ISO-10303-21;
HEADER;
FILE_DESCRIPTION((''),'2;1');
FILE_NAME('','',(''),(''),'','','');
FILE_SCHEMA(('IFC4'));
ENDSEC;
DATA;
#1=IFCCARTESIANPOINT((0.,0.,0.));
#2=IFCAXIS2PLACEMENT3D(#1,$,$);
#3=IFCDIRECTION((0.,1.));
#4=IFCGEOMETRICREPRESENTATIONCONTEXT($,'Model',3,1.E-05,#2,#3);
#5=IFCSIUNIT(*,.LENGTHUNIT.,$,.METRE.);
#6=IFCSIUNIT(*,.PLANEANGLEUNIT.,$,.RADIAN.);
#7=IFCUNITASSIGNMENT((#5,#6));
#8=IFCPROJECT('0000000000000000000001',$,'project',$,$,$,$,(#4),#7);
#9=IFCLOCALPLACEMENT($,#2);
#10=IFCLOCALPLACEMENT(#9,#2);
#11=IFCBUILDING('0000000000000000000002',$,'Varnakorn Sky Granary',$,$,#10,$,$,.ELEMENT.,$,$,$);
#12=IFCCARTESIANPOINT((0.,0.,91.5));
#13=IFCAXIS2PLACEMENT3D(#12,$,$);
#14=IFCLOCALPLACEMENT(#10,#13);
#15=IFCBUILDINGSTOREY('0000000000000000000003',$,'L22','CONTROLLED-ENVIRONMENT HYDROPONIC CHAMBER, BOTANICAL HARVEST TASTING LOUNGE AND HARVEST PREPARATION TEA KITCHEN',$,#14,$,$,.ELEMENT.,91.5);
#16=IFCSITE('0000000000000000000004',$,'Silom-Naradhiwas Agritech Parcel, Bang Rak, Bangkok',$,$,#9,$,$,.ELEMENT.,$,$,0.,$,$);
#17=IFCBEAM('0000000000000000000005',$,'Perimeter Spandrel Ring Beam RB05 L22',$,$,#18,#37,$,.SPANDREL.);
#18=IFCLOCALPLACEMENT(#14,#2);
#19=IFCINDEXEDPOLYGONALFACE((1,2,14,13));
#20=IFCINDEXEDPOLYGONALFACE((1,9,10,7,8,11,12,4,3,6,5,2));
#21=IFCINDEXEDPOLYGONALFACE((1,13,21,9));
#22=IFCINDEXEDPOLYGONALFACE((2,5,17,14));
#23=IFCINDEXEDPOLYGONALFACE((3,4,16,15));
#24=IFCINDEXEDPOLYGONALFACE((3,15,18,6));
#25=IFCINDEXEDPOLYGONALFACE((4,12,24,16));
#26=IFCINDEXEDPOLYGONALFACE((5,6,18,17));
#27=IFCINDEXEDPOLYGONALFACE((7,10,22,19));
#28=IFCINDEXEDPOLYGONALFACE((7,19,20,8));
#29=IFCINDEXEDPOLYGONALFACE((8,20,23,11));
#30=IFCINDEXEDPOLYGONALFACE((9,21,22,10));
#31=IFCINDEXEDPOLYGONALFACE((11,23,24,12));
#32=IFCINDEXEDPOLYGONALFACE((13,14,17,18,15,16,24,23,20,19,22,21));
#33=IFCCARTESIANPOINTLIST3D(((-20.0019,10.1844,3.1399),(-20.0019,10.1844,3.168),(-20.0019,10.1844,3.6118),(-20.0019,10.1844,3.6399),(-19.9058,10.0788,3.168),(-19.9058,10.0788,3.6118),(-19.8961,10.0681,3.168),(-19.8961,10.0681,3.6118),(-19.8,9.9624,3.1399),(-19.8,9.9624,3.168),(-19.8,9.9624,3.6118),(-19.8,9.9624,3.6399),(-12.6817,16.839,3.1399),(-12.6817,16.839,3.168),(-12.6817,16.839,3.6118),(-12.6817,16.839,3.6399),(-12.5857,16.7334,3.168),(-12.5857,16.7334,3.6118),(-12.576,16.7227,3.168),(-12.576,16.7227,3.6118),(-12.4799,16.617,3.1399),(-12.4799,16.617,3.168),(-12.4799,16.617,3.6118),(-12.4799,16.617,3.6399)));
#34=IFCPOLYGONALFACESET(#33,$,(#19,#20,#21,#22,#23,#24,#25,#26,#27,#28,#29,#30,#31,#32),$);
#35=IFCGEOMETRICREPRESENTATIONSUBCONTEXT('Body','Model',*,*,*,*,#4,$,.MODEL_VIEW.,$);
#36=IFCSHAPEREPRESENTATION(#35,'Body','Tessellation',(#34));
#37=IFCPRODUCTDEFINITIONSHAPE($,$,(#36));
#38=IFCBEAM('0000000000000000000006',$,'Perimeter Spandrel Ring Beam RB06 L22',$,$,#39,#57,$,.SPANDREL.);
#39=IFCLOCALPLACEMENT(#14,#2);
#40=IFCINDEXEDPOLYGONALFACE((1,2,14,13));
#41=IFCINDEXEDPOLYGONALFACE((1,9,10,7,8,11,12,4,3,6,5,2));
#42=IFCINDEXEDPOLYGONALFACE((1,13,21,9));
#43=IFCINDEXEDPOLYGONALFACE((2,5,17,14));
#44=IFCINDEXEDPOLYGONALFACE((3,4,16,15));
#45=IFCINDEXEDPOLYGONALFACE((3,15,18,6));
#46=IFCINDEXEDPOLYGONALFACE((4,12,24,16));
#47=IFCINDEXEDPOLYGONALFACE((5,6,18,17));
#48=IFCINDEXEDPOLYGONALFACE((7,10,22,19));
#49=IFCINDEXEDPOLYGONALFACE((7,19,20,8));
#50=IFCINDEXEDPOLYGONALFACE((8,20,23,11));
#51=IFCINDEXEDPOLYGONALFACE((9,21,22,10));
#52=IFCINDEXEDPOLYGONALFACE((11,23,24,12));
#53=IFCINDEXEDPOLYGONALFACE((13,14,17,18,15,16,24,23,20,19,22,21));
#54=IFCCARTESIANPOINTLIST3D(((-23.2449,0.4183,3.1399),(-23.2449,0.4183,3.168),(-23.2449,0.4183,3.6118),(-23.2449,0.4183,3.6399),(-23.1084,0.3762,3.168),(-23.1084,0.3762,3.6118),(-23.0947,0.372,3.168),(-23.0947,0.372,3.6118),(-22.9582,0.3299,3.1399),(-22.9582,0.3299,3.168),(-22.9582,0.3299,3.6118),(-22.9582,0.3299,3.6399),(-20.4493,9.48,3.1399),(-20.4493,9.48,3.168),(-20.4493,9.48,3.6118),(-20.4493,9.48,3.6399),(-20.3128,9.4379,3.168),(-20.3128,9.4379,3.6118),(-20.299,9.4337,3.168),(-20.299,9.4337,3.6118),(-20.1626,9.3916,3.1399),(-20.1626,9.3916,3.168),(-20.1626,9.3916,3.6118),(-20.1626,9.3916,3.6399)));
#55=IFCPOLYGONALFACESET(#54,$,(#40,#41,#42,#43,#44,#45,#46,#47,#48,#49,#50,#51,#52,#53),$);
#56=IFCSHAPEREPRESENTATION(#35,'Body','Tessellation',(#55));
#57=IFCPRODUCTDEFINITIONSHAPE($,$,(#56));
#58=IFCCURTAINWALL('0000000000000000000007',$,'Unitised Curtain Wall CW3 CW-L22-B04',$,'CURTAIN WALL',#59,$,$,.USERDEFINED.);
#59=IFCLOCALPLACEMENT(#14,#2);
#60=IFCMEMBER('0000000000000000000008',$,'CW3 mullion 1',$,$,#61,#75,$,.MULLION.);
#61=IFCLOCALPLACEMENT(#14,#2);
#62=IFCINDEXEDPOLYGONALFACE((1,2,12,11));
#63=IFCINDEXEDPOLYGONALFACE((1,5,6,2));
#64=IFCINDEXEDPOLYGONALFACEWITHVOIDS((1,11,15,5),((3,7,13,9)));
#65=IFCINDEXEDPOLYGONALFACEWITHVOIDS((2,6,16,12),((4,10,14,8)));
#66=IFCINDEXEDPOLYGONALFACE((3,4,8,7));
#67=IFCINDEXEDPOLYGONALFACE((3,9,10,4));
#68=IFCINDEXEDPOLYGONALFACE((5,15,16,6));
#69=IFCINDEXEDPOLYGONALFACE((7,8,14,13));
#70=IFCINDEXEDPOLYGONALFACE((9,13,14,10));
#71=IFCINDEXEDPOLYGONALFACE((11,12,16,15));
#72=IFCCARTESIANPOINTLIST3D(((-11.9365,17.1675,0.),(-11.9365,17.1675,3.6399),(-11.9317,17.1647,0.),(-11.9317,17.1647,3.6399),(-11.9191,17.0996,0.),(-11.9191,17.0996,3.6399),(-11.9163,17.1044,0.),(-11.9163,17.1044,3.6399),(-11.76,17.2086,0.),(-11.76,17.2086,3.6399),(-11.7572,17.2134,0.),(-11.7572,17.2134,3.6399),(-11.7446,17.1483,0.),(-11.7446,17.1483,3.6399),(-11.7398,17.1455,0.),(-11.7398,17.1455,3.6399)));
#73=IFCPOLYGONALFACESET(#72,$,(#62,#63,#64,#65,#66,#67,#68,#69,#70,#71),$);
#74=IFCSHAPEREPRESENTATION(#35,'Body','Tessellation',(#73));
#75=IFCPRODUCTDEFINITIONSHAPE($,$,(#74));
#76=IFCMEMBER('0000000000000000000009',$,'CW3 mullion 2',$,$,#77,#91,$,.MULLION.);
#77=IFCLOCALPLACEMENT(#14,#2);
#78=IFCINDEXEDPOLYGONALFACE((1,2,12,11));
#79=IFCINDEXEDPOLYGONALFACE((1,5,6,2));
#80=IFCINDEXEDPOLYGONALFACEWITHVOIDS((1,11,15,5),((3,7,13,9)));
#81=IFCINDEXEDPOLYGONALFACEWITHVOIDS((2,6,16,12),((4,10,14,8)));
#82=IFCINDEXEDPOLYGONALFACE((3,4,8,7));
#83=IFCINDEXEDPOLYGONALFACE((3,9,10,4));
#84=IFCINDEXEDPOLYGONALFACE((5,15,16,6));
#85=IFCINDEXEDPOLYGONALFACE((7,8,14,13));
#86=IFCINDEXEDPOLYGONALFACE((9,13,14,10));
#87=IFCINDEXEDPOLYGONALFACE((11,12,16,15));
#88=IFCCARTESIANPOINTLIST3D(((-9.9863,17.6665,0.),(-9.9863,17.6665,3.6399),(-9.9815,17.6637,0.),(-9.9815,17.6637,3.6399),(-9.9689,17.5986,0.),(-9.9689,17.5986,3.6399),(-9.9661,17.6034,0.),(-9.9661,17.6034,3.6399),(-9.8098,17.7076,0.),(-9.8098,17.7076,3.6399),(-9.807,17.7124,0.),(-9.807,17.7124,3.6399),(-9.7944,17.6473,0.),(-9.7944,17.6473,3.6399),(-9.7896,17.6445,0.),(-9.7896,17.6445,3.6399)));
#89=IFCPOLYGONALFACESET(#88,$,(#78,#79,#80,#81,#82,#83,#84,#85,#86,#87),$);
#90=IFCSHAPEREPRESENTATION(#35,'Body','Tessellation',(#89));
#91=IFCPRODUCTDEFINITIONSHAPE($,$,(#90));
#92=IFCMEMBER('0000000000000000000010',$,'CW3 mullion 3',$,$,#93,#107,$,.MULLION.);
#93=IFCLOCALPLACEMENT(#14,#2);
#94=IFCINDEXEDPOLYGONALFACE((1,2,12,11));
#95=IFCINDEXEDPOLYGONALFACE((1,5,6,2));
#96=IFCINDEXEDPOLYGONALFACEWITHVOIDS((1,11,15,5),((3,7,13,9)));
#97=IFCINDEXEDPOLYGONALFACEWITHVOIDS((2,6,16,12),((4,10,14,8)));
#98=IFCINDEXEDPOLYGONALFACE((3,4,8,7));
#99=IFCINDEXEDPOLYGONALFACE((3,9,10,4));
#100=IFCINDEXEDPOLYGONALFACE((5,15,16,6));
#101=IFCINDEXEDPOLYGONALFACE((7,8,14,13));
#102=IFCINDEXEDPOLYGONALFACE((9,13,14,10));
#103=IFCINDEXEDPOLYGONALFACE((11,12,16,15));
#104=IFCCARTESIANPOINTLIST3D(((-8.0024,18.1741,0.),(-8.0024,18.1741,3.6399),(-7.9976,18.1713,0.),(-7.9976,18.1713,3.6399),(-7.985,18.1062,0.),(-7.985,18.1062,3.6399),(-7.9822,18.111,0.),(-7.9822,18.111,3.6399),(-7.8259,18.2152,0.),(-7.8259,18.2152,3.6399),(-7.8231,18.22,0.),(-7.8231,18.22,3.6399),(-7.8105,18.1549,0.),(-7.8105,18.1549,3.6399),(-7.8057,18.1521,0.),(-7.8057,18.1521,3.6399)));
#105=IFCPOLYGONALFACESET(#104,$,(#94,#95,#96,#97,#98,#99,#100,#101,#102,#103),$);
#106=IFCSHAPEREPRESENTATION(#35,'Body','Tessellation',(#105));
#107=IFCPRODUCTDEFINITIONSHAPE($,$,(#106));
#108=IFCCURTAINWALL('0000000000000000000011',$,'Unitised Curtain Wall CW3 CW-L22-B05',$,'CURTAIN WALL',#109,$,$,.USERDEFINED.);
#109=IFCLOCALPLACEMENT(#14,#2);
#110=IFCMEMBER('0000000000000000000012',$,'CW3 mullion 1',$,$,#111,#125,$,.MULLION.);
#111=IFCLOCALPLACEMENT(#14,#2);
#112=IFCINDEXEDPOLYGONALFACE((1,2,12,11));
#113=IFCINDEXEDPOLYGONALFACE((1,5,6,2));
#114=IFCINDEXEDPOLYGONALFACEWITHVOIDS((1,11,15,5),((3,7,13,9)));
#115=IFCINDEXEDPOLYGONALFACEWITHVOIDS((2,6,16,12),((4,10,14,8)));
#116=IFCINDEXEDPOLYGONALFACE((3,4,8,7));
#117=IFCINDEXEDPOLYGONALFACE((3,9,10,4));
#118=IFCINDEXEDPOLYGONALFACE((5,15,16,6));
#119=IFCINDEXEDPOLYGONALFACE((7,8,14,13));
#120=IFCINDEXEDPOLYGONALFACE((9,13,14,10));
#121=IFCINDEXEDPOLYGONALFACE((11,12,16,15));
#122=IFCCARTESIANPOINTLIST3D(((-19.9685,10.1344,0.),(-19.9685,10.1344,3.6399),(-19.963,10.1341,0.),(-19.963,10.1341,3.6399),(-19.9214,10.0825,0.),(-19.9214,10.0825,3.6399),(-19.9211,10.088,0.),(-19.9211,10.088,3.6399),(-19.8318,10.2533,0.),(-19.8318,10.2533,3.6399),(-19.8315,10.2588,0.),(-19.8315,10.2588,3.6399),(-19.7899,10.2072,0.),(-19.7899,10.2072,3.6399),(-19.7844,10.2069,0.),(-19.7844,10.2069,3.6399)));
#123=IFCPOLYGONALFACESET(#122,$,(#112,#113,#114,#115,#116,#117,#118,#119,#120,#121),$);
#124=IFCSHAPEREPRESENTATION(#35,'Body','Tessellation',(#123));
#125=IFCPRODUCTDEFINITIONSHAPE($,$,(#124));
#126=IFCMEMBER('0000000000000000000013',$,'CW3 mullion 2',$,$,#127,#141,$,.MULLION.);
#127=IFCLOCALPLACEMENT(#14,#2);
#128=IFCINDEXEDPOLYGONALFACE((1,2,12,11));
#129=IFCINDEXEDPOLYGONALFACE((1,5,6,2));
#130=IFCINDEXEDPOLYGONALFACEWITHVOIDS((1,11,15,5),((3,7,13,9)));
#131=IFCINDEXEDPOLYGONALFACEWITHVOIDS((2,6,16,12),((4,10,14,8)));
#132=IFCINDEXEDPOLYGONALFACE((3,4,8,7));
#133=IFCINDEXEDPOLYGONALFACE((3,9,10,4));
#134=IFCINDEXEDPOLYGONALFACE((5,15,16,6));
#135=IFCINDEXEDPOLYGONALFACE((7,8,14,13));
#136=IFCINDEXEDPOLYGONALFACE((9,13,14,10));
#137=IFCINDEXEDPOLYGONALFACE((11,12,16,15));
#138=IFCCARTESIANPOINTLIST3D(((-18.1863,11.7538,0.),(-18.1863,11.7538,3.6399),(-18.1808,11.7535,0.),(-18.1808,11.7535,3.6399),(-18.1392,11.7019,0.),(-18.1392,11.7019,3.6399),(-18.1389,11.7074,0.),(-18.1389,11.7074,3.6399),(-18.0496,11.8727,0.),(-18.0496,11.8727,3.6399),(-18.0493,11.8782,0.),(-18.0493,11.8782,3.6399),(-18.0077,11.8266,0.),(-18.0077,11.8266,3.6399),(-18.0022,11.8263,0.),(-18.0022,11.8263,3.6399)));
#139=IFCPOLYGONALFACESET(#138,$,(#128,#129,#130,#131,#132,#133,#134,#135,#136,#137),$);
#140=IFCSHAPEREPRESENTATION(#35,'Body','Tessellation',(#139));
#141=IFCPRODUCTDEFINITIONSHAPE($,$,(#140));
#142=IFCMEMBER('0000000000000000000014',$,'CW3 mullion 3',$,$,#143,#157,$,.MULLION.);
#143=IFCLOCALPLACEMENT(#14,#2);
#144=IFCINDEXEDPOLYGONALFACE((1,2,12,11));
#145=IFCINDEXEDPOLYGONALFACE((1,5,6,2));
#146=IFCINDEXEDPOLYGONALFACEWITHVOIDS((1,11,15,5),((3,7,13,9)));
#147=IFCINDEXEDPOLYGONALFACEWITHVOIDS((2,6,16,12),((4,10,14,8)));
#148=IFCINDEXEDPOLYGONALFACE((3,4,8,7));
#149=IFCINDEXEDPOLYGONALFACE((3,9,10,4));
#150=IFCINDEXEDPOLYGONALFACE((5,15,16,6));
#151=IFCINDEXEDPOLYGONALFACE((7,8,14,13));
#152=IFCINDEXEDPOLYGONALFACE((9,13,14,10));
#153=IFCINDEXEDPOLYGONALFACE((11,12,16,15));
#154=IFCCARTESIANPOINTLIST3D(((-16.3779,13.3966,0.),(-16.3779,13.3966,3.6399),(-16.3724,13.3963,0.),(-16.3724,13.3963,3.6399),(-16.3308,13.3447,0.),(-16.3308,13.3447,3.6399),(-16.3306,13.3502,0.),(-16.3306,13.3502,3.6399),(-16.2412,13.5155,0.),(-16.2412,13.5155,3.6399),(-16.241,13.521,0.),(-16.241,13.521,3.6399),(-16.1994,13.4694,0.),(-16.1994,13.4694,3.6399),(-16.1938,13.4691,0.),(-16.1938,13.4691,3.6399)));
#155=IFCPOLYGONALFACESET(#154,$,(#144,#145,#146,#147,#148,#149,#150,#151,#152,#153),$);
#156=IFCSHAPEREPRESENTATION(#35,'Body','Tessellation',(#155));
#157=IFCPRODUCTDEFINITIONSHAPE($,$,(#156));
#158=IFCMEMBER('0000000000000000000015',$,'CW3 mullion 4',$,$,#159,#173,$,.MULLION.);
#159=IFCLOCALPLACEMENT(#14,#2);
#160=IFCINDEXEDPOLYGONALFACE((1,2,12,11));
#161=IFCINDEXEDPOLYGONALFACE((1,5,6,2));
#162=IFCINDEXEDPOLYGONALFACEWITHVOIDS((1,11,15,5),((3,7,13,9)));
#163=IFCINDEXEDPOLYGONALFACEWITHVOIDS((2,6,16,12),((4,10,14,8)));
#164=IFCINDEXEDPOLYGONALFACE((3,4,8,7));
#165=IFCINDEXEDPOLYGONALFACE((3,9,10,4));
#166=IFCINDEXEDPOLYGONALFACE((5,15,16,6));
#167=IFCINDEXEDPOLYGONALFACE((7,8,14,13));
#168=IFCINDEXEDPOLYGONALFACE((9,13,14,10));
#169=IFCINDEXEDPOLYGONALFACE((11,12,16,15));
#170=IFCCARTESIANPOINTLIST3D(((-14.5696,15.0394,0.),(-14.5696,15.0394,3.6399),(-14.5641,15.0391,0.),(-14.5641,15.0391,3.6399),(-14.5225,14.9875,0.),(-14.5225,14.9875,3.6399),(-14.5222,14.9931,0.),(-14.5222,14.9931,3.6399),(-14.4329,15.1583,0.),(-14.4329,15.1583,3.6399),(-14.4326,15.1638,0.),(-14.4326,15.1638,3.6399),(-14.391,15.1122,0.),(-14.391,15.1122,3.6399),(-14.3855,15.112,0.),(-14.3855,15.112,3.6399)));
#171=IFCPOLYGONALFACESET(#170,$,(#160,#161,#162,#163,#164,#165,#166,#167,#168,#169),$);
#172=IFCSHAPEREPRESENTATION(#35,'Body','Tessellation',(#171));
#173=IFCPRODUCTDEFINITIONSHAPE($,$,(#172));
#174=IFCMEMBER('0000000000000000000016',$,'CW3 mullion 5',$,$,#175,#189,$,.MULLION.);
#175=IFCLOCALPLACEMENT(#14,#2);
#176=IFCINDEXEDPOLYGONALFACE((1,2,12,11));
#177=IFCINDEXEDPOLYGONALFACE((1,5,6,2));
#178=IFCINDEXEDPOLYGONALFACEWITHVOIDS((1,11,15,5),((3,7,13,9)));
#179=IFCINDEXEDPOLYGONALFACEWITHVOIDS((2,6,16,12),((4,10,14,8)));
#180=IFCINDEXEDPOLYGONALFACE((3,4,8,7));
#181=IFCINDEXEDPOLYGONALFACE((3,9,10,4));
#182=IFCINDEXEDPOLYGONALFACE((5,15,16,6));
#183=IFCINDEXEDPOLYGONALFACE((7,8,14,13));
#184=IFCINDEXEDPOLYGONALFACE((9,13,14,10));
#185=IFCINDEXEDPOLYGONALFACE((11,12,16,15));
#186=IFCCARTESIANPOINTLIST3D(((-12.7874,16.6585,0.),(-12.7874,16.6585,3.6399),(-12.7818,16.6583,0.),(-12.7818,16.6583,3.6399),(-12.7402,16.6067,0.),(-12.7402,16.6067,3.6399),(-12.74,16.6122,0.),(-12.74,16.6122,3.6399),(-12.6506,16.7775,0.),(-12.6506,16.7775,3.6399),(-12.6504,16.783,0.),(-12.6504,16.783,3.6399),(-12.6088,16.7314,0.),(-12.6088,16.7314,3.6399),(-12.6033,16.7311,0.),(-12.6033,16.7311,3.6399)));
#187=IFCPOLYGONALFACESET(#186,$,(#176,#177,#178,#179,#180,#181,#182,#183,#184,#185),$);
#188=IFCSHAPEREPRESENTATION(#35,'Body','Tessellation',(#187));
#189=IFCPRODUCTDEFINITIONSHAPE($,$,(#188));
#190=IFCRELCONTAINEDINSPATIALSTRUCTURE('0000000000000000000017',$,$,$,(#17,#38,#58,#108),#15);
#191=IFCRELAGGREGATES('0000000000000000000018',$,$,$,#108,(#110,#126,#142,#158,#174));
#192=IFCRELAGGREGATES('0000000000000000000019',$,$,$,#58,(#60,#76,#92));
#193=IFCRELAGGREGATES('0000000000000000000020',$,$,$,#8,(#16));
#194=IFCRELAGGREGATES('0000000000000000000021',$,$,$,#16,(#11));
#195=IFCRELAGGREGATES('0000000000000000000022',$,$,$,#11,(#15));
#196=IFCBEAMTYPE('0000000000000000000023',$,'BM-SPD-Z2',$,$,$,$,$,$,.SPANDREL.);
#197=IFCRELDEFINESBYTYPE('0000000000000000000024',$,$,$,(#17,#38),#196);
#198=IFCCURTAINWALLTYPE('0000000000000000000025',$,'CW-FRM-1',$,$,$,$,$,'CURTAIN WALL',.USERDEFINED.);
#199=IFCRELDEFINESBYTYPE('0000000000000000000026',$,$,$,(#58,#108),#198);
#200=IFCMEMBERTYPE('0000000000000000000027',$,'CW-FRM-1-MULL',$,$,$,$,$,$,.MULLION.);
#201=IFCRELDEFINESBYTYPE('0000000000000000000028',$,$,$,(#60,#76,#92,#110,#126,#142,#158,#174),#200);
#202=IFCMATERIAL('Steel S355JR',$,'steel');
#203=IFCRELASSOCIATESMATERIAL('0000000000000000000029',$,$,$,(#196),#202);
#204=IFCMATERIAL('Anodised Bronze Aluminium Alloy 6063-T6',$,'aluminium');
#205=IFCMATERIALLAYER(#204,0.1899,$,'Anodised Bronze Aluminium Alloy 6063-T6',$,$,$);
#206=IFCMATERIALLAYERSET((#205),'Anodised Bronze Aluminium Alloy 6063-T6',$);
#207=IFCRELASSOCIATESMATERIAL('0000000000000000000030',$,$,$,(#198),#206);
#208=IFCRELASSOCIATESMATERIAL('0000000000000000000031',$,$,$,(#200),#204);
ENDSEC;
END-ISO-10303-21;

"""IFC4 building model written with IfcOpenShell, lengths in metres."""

from ifc_helpers import new_model, si_unit, direction, frame, origin, origin_2d, place, context, subcontext, project, spatial, hollow_rectangle, i_section, extrude, material, layer, layer_set, material_profile, profile_set, type_object, element, aggregate, save


model = new_model("IFC4")

# Units and contexts
model_context = context("Model", 3, precision=1e-05, world=origin(), true_north=direction((0.0, 1.0)))
body_context = subcontext(model_context, "Body", "Model", "MODEL_VIEW")
ifc_project = project(units=[si_unit("LENGTHUNIT", "METRE"), si_unit("PLANEANGLEUNIT", "RADIAN")], contexts=[model_context])

# Site, building, storey
site_placement = place(None, origin())
site = spatial("IfcSite", under=ifc_project, at=site_placement, Name="Silom-Naradhiwas Agritech Parcel, Bang Rak, Bangkok", CompositionType="ELEMENT", RefElevation=0.0)
building_placement = place(site_placement, origin())
building = spatial("IfcBuilding", under=site, at=building_placement, Name="Varnakorn Sky Granary", CompositionType="ELEMENT")
storey_placement = place(building_placement, frame((0.0, 0.0, 91.5)))
storey = spatial("IfcBuildingStorey", under=building, at=storey_placement, Name="L22", Description="CONTROLLED-ENVIRONMENT HYDROPONIC CHAMBER, BOTANICAL HARVEST TASTING LOUNGE AND HARVEST PREPARATION TEA KITCHEN", CompositionType="ELEMENT", Elevation=91.5)

# Beams
ifc_material_1 = material(Name="Steel S355JR", Category="steel")
ifc_material_profile_1 = material_profile(ifc_material_1, i_section(OverallWidth=0.3, OverallDepth=0.5, WebThickness=0.0144, FlangeThickness=0.0281, at=origin_2d()), Name="HE 500 B")
ifc_profile_set_1 = profile_set([ifc_material_profile_1], Name="Steel S355JR")
beam_type_1 = type_object("IfcBeamType", Name="BM-SPD-Z2", PredefinedType="SPANDREL", material=ifc_profile_set_1)
beam_1_placement = place(storey_placement, frame((-12.5808, 16.728, 3.3899), z_axis=(-0.739943, -0.672669, 0.0), x_axis=(0.672669, -0.739943, 0.0)))
element("IfcBeam", 1, at=beam_1_placement, inside=storey, type_object=beam_type_1, Name="Perimeter Spandrel Ring Beam RB05 L22", PredefinedType="SPANDREL", context=body_context, shape_type="SweptSolid", body=[
    extrude(i_section(OverallWidth=0.3, OverallDepth=0.5, WebThickness=0.0144, FlangeThickness=0.0281, at=origin_2d()), origin(), (0.0, 0.0, 1.0), 9.8928),
])
beam_2_placement = place(storey_placement, frame((-20.3059, 9.4358, 3.3899), z_axis=(-0.2948, -0.955559, 0.0), x_axis=(0.955559, -0.2948, 0.0)))
element("IfcBeam", 2, at=beam_2_placement, inside=storey, type_object=beam_type_1, Name="Perimeter Spandrel Ring Beam RB06 L22", PredefinedType="SPANDREL", context=body_context, shape_type="SweptSolid", body=[
    extrude(i_section(OverallWidth=0.3, OverallDepth=0.5, WebThickness=0.0144, FlangeThickness=0.0281, at=origin_2d()), origin(), (0.0, 0.0, 1.0), 9.4832),
])

# Curtain walls, members
ifc_material_2 = material(Name="Anodised Bronze Aluminium Alloy 6063-T6", Category="aluminium")
ifc_layer_1 = layer(ifc_material_2, 0.1899, Name="Anodised Bronze Aluminium Alloy 6063-T6")
ifc_layer_set_1 = layer_set([ifc_layer_1], Name="Anodised Bronze Aluminium Alloy 6063-T6")
curtain_wall_type = type_object("IfcCurtainWallType", Name="CW-FRM-1", ElementType="CURTAIN WALL", PredefinedType="USERDEFINED", material=ifc_layer_set_1)
curtain_wall_1_placement = place(storey_placement, origin())
curtain_wall_1 = element("IfcCurtainWall", 3, at=curtain_wall_1_placement, inside=storey, type_object=curtain_wall_type, Name="Unitised Curtain Wall CW3 CW-L22-B04", ObjectType="CURTAIN WALL", PredefinedType="USERDEFINED")
ifc_material_profile_2 = material_profile(ifc_material_2, hollow_rectangle(XDim=0.0701, YDim=0.1851, WallThickness=0.0039, at=origin_2d()), Name="ALU MULL 70x185")
ifc_profile_set_2 = profile_set([ifc_material_profile_2], Name="Anodised Bronze Aluminium Alloy 6063-T6")
member_type_1 = type_object("IfcMemberType", Name="CW-FRM-1-MULL", PredefinedType="MULLION", material=ifc_profile_set_2)
member_1_placement = place(storey_placement, frame((-11.8381, 17.1565, 0.0), z_axis=(0.0, 0.0, 1.0), x_axis=(-0.247904, 0.968785, 0.0)))
member_1 = element("IfcMember", 4, at=member_1_placement, type_object=member_type_1, Name="CW3 mullion 1", PredefinedType="MULLION", context=body_context, shape_type="SweptSolid", body=[
    extrude(hollow_rectangle(XDim=0.0701, YDim=0.1851, WallThickness=0.0039, at=origin_2d()), origin(), (0.0, 0.0, 1.0), 3.6399),
])
member_2_placement = place(storey_placement, frame((-9.8879, 17.6555, 0.0), z_axis=(0.0, 0.0, 1.0), x_axis=(-0.247904, 0.968785, 0.0)))
member_2 = element("IfcMember", 5, at=member_2_placement, type_object=member_type_1, Name="CW3 mullion 2", PredefinedType="MULLION", context=body_context, shape_type="SweptSolid", body=[
    extrude(hollow_rectangle(XDim=0.0701, YDim=0.1851, WallThickness=0.0039, at=origin_2d()), origin(), (0.0, 0.0, 1.0), 3.6399),
])
member_3_placement = place(storey_placement, frame((-7.9041, 18.1631, 0.0), z_axis=(0.0, 0.0, 1.0), x_axis=(-0.247904, 0.968785, 0.0)))
member_3 = element("IfcMember", 6, at=member_3_placement, type_object=member_type_1, Name="CW3 mullion 3", PredefinedType="MULLION", context=body_context, shape_type="SweptSolid", body=[
    extrude(hollow_rectangle(XDim=0.0701, YDim=0.1851, WallThickness=0.0039, at=origin_2d()), origin(), (0.0, 0.0, 1.0), 3.6399),
])
curtain_wall_2_placement = place(storey_placement, origin())
curtain_wall_2 = element("IfcCurtainWall", 7, at=curtain_wall_2_placement, inside=storey, type_object=curtain_wall_type, Name="Unitised Curtain Wall CW3 CW-L22-B05", ObjectType="CURTAIN WALL", PredefinedType="USERDEFINED")
member_4_placement = place(storey_placement, frame((-19.8765, 10.1707, 0.0), z_axis=(0.0, 0.0, 1.0), x_axis=(-0.672429, 0.740161, 0.0)))
member_4 = element("IfcMember", 8, at=member_4_placement, type_object=member_type_1, Name="CW3 mullion 1", PredefinedType="MULLION", context=body_context, shape_type="SweptSolid", body=[
    extrude(hollow_rectangle(XDim=0.0701, YDim=0.1851, WallThickness=0.0039, at=origin_2d()), origin(), (0.0, 0.0, 1.0), 3.6399),
])
member_5_placement = place(storey_placement, frame((-18.0942, 11.79, 0.0), z_axis=(0.0, 0.0, 1.0), x_axis=(-0.672429, 0.740161, 0.0)))
member_5 = element("IfcMember", 9, at=member_5_placement, type_object=member_type_1, Name="CW3 mullion 2", PredefinedType="MULLION", context=body_context, shape_type="SweptSolid", body=[
    extrude(hollow_rectangle(XDim=0.0701, YDim=0.1851, WallThickness=0.0039, at=origin_2d()), origin(), (0.0, 0.0, 1.0), 3.6399),
])
member_6_placement = place(storey_placement, frame((-16.2859, 13.4329, 0.0), z_axis=(0.0, 0.0, 1.0), x_axis=(-0.672429, 0.740161, 0.0)))
member_6 = element("IfcMember", 10, at=member_6_placement, type_object=member_type_1, Name="CW3 mullion 3", PredefinedType="MULLION", context=body_context, shape_type="SweptSolid", body=[
    extrude(hollow_rectangle(XDim=0.0701, YDim=0.1851, WallThickness=0.0039, at=origin_2d()), origin(), (0.0, 0.0, 1.0), 3.6399),
])
member_7_placement = place(storey_placement, frame((-14.4775, 15.0757, 0.0), z_axis=(0.0, 0.0, 1.0), x_axis=(-0.672429, 0.740161, 0.0)))
member_7 = element("IfcMember", 11, at=member_7_placement, type_object=member_type_1, Name="CW3 mullion 4", PredefinedType="MULLION", context=body_context, shape_type="SweptSolid", body=[
    extrude(hollow_rectangle(XDim=0.0701, YDim=0.1851, WallThickness=0.0039, at=origin_2d()), origin(), (0.0, 0.0, 1.0), 3.6399),
])
member_8_placement = place(storey_placement, frame((-12.6953, 16.6948, 0.0), z_axis=(0.0, 0.0, 1.0), x_axis=(-0.672429, 0.740161, 0.0)))
member_8 = element("IfcMember", 12, at=member_8_placement, type_object=member_type_1, Name="CW3 mullion 5", PredefinedType="MULLION", context=body_context, shape_type="SweptSolid", body=[
    extrude(hollow_rectangle(XDim=0.0701, YDim=0.1851, WallThickness=0.0039, at=origin_2d()), origin(), (0.0, 0.0, 1.0), 3.6399),
])

aggregate(curtain_wall_2, [member_4, member_5, member_6, member_7, member_8])
aggregate(curtain_wall_1, [member_1, member_2, member_3])

save(model, "model.ifc")
